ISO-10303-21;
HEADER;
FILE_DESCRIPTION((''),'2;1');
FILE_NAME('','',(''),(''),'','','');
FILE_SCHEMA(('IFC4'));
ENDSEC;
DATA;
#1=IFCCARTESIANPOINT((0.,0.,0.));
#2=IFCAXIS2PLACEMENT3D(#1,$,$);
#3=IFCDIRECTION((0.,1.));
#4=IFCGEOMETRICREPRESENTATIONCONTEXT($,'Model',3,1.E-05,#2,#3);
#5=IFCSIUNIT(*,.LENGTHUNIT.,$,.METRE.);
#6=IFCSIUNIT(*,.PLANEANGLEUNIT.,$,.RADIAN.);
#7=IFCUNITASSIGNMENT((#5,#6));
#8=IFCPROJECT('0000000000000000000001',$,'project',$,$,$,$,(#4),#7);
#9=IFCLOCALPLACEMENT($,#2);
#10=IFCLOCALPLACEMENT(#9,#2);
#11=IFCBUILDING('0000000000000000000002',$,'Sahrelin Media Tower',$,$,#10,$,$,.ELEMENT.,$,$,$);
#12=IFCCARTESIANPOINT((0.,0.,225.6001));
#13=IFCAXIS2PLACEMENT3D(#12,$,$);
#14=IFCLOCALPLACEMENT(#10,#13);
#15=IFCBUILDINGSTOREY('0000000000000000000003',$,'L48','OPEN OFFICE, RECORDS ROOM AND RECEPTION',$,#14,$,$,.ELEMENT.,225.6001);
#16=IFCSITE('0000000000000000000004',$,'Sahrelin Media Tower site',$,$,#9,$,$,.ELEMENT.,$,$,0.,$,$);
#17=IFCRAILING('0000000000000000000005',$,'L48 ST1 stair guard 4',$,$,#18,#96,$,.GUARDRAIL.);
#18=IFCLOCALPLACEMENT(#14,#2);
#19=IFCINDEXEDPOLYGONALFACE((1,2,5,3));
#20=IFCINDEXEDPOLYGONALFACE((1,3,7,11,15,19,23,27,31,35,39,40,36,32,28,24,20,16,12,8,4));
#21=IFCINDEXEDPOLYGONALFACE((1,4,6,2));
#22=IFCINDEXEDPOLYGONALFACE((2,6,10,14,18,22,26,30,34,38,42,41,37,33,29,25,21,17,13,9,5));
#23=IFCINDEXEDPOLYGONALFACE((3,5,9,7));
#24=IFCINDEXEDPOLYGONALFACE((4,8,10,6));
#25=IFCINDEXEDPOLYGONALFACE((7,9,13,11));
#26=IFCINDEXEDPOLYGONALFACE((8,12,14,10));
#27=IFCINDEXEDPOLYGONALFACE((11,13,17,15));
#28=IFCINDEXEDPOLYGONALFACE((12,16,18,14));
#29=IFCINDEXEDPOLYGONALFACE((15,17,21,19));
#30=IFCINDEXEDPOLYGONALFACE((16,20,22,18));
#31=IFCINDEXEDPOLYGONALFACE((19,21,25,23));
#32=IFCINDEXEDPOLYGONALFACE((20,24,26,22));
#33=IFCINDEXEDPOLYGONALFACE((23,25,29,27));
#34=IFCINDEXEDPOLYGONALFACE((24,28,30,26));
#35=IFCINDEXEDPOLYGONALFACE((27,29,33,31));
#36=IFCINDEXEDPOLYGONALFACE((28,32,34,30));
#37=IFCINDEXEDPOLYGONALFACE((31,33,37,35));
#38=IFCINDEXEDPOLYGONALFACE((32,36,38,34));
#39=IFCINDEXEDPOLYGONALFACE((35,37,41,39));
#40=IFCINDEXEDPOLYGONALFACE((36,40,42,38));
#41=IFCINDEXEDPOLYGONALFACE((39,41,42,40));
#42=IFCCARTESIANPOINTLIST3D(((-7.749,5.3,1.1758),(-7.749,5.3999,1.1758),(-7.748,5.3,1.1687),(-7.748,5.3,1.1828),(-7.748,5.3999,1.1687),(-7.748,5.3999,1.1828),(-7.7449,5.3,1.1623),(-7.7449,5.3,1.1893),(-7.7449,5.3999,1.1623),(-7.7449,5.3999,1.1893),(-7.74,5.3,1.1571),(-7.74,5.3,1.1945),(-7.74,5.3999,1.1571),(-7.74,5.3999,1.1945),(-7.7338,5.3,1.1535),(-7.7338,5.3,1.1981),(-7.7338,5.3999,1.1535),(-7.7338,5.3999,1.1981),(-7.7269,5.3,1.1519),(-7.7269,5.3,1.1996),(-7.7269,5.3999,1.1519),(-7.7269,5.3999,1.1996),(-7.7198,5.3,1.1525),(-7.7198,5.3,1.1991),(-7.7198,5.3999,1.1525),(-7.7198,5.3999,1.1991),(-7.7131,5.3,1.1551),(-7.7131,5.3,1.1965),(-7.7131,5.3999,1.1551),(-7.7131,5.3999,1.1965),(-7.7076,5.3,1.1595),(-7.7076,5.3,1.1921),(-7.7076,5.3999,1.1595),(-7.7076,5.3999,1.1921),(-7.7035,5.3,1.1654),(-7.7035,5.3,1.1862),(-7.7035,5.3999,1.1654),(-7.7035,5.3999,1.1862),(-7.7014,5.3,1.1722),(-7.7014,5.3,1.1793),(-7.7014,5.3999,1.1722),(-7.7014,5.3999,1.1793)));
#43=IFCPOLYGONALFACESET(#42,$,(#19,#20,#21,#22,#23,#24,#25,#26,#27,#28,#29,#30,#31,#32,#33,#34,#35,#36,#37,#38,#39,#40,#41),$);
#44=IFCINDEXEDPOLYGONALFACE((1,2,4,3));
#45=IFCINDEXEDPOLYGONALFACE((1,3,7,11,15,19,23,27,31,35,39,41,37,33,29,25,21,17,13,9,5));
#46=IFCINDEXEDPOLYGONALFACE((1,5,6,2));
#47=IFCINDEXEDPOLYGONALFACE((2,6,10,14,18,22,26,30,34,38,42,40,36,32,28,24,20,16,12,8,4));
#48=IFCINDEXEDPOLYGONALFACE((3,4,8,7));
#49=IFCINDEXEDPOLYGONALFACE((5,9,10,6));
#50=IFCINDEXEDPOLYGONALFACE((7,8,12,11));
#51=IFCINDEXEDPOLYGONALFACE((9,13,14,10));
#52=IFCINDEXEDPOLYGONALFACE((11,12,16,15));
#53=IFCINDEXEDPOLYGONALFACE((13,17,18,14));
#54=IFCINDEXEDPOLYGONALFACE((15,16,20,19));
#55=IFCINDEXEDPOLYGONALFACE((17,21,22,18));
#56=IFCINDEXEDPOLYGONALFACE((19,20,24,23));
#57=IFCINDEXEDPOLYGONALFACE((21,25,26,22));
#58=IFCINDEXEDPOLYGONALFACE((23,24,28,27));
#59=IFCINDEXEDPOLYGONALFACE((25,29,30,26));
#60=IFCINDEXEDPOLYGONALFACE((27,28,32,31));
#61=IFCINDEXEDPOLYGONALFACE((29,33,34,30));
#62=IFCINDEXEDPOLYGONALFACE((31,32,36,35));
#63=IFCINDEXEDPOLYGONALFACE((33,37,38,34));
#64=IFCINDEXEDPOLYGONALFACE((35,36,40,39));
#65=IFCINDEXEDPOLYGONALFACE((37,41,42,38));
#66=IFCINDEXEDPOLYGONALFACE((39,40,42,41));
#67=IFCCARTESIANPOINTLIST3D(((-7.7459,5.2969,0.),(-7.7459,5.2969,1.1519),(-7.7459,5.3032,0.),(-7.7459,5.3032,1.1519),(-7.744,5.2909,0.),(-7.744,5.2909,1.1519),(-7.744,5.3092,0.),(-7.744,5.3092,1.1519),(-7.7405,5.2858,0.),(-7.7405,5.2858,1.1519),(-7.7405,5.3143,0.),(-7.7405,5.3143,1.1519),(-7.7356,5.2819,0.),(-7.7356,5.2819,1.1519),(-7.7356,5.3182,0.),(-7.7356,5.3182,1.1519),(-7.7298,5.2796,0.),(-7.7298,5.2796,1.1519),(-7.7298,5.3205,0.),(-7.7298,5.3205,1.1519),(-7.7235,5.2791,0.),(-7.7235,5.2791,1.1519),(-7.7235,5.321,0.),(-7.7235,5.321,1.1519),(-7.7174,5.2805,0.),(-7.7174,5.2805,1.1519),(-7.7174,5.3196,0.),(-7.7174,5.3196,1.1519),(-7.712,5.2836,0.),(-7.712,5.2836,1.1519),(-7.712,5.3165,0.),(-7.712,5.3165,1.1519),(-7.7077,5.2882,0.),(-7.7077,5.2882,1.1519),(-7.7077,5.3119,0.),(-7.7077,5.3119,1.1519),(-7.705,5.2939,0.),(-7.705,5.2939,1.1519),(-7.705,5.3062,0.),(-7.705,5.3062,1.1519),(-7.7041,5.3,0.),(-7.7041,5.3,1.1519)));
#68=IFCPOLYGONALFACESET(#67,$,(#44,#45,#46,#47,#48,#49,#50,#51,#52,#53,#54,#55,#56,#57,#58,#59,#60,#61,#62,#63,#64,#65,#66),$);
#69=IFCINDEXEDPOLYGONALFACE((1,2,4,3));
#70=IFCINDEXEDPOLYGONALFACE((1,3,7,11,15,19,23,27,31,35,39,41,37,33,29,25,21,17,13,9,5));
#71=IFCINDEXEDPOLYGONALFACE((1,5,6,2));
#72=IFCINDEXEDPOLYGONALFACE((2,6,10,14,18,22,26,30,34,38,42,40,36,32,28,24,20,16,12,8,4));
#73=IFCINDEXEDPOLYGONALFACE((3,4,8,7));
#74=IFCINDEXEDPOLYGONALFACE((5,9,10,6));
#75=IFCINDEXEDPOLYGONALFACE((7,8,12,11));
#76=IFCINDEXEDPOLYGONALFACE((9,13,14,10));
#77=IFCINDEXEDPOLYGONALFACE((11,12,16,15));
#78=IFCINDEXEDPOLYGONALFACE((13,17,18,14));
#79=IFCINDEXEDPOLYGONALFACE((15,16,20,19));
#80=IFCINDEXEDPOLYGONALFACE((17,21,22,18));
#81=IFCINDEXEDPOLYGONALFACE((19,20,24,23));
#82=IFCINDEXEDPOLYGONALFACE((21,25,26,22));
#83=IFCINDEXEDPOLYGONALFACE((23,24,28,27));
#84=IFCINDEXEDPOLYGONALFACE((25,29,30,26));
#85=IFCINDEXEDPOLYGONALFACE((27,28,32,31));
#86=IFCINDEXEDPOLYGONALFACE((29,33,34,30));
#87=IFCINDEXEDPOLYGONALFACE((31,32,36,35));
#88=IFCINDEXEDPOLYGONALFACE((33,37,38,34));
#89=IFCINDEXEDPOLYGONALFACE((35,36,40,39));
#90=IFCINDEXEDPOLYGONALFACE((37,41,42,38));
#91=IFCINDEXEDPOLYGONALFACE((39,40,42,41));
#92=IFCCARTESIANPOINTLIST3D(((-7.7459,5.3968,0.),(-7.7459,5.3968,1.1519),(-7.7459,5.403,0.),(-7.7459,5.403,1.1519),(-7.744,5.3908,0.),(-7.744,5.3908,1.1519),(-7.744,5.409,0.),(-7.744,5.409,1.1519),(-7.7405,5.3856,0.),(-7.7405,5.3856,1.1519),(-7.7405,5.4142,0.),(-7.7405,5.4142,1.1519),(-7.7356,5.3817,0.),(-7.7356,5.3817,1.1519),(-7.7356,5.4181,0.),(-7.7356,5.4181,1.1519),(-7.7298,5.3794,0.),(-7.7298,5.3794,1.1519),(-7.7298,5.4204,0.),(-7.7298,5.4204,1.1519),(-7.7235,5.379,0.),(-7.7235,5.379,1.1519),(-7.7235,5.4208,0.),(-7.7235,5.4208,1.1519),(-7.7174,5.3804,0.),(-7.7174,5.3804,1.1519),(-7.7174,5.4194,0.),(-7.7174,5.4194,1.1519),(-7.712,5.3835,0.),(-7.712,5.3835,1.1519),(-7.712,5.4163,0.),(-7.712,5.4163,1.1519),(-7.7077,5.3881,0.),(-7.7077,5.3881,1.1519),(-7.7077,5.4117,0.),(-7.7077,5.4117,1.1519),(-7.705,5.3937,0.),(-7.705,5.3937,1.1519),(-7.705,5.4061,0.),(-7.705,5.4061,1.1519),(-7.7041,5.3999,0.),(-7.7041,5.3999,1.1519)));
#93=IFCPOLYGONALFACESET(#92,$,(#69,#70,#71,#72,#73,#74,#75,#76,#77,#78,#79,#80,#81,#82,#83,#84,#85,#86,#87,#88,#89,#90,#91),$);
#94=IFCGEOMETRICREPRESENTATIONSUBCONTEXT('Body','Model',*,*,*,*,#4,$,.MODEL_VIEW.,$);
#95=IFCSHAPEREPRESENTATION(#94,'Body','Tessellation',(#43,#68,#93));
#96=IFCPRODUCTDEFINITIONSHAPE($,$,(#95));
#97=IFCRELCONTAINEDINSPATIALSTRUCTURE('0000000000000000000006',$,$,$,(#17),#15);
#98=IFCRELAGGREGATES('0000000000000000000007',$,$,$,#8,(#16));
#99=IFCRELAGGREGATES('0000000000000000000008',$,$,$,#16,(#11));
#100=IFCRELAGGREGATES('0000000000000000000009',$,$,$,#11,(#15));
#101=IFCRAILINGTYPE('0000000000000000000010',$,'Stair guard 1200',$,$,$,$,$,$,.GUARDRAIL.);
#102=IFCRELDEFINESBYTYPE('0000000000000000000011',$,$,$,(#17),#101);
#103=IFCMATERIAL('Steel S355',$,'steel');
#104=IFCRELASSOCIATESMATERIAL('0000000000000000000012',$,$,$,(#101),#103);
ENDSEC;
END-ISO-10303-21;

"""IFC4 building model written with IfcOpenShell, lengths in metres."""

from ifc_helpers import new_model, si_unit, direction, frame, origin, origin_2d, place, context, subcontext, project, spatial, circle, extrude, material, type_object, element, save


model = new_model("IFC4")

# Units and contexts
model_context = context("Model", 3, precision=1e-05, world=origin(), true_north=direction((0.0, 1.0)))
body_context = subcontext(model_context, "Body", "Model", "MODEL_VIEW")
ifc_project = project(units=[si_unit("LENGTHUNIT", "METRE"), si_unit("PLANEANGLEUNIT", "RADIAN")], contexts=[model_context])

# Site, building, storey
site_placement = place(None, origin())
site = spatial("IfcSite", under=ifc_project, at=site_placement, Name="Sahrelin Media Tower site", CompositionType="ELEMENT", RefElevation=0.0)
building_placement = place(site_placement, origin())
building = spatial("IfcBuilding", under=site, at=building_placement, Name="Sahrelin Media Tower", CompositionType="ELEMENT")
storey_placement = place(building_placement, frame((0.0, 0.0, 225.6001)))
storey = spatial("IfcBuildingStorey", under=building, at=storey_placement, Name="L48", Description="OPEN OFFICE, RECORDS ROOM AND RECEPTION", CompositionType="ELEMENT", Elevation=225.6001)

# Shared definitions
ifc_material_1 = material(Name="Steel S355", Category="steel")

# Railing
railing_type_1 = type_object("IfcRailingType", Name="Stair guard 1200", PredefinedType="GUARDRAIL", material=ifc_material_1)
railing_1_placement = place(storey_placement, frame((-7.7251, 5.3, 0.0)))
element("IfcRailing", 1, at=railing_1_placement, inside=storey, type_object=railing_type_1, Name="L48 ST1 stair guard 4", PredefinedType="GUARDRAIL", context=body_context, shape_type="SweptSolid", body=[
    extrude(circle(Radius=0.0239, at=origin_2d()), frame((0.0, 0.0, 1.1758), z_axis=(0.0, 1.0, 0.0), x_axis=(-1.0, 0.0, 0.0)), (0.0, 0.0, 1.0), 0.0999),
    extrude(circle(Radius=0.021, at=origin_2d()), origin(), (0.0, 0.0, 1.0), 1.1519),
    extrude(circle(Radius=0.021, at=origin_2d()), frame((0.0, 0.0999, 0.0)), (0.0, 0.0, 1.0), 1.1519),
])

save(model, "model.ifc")
